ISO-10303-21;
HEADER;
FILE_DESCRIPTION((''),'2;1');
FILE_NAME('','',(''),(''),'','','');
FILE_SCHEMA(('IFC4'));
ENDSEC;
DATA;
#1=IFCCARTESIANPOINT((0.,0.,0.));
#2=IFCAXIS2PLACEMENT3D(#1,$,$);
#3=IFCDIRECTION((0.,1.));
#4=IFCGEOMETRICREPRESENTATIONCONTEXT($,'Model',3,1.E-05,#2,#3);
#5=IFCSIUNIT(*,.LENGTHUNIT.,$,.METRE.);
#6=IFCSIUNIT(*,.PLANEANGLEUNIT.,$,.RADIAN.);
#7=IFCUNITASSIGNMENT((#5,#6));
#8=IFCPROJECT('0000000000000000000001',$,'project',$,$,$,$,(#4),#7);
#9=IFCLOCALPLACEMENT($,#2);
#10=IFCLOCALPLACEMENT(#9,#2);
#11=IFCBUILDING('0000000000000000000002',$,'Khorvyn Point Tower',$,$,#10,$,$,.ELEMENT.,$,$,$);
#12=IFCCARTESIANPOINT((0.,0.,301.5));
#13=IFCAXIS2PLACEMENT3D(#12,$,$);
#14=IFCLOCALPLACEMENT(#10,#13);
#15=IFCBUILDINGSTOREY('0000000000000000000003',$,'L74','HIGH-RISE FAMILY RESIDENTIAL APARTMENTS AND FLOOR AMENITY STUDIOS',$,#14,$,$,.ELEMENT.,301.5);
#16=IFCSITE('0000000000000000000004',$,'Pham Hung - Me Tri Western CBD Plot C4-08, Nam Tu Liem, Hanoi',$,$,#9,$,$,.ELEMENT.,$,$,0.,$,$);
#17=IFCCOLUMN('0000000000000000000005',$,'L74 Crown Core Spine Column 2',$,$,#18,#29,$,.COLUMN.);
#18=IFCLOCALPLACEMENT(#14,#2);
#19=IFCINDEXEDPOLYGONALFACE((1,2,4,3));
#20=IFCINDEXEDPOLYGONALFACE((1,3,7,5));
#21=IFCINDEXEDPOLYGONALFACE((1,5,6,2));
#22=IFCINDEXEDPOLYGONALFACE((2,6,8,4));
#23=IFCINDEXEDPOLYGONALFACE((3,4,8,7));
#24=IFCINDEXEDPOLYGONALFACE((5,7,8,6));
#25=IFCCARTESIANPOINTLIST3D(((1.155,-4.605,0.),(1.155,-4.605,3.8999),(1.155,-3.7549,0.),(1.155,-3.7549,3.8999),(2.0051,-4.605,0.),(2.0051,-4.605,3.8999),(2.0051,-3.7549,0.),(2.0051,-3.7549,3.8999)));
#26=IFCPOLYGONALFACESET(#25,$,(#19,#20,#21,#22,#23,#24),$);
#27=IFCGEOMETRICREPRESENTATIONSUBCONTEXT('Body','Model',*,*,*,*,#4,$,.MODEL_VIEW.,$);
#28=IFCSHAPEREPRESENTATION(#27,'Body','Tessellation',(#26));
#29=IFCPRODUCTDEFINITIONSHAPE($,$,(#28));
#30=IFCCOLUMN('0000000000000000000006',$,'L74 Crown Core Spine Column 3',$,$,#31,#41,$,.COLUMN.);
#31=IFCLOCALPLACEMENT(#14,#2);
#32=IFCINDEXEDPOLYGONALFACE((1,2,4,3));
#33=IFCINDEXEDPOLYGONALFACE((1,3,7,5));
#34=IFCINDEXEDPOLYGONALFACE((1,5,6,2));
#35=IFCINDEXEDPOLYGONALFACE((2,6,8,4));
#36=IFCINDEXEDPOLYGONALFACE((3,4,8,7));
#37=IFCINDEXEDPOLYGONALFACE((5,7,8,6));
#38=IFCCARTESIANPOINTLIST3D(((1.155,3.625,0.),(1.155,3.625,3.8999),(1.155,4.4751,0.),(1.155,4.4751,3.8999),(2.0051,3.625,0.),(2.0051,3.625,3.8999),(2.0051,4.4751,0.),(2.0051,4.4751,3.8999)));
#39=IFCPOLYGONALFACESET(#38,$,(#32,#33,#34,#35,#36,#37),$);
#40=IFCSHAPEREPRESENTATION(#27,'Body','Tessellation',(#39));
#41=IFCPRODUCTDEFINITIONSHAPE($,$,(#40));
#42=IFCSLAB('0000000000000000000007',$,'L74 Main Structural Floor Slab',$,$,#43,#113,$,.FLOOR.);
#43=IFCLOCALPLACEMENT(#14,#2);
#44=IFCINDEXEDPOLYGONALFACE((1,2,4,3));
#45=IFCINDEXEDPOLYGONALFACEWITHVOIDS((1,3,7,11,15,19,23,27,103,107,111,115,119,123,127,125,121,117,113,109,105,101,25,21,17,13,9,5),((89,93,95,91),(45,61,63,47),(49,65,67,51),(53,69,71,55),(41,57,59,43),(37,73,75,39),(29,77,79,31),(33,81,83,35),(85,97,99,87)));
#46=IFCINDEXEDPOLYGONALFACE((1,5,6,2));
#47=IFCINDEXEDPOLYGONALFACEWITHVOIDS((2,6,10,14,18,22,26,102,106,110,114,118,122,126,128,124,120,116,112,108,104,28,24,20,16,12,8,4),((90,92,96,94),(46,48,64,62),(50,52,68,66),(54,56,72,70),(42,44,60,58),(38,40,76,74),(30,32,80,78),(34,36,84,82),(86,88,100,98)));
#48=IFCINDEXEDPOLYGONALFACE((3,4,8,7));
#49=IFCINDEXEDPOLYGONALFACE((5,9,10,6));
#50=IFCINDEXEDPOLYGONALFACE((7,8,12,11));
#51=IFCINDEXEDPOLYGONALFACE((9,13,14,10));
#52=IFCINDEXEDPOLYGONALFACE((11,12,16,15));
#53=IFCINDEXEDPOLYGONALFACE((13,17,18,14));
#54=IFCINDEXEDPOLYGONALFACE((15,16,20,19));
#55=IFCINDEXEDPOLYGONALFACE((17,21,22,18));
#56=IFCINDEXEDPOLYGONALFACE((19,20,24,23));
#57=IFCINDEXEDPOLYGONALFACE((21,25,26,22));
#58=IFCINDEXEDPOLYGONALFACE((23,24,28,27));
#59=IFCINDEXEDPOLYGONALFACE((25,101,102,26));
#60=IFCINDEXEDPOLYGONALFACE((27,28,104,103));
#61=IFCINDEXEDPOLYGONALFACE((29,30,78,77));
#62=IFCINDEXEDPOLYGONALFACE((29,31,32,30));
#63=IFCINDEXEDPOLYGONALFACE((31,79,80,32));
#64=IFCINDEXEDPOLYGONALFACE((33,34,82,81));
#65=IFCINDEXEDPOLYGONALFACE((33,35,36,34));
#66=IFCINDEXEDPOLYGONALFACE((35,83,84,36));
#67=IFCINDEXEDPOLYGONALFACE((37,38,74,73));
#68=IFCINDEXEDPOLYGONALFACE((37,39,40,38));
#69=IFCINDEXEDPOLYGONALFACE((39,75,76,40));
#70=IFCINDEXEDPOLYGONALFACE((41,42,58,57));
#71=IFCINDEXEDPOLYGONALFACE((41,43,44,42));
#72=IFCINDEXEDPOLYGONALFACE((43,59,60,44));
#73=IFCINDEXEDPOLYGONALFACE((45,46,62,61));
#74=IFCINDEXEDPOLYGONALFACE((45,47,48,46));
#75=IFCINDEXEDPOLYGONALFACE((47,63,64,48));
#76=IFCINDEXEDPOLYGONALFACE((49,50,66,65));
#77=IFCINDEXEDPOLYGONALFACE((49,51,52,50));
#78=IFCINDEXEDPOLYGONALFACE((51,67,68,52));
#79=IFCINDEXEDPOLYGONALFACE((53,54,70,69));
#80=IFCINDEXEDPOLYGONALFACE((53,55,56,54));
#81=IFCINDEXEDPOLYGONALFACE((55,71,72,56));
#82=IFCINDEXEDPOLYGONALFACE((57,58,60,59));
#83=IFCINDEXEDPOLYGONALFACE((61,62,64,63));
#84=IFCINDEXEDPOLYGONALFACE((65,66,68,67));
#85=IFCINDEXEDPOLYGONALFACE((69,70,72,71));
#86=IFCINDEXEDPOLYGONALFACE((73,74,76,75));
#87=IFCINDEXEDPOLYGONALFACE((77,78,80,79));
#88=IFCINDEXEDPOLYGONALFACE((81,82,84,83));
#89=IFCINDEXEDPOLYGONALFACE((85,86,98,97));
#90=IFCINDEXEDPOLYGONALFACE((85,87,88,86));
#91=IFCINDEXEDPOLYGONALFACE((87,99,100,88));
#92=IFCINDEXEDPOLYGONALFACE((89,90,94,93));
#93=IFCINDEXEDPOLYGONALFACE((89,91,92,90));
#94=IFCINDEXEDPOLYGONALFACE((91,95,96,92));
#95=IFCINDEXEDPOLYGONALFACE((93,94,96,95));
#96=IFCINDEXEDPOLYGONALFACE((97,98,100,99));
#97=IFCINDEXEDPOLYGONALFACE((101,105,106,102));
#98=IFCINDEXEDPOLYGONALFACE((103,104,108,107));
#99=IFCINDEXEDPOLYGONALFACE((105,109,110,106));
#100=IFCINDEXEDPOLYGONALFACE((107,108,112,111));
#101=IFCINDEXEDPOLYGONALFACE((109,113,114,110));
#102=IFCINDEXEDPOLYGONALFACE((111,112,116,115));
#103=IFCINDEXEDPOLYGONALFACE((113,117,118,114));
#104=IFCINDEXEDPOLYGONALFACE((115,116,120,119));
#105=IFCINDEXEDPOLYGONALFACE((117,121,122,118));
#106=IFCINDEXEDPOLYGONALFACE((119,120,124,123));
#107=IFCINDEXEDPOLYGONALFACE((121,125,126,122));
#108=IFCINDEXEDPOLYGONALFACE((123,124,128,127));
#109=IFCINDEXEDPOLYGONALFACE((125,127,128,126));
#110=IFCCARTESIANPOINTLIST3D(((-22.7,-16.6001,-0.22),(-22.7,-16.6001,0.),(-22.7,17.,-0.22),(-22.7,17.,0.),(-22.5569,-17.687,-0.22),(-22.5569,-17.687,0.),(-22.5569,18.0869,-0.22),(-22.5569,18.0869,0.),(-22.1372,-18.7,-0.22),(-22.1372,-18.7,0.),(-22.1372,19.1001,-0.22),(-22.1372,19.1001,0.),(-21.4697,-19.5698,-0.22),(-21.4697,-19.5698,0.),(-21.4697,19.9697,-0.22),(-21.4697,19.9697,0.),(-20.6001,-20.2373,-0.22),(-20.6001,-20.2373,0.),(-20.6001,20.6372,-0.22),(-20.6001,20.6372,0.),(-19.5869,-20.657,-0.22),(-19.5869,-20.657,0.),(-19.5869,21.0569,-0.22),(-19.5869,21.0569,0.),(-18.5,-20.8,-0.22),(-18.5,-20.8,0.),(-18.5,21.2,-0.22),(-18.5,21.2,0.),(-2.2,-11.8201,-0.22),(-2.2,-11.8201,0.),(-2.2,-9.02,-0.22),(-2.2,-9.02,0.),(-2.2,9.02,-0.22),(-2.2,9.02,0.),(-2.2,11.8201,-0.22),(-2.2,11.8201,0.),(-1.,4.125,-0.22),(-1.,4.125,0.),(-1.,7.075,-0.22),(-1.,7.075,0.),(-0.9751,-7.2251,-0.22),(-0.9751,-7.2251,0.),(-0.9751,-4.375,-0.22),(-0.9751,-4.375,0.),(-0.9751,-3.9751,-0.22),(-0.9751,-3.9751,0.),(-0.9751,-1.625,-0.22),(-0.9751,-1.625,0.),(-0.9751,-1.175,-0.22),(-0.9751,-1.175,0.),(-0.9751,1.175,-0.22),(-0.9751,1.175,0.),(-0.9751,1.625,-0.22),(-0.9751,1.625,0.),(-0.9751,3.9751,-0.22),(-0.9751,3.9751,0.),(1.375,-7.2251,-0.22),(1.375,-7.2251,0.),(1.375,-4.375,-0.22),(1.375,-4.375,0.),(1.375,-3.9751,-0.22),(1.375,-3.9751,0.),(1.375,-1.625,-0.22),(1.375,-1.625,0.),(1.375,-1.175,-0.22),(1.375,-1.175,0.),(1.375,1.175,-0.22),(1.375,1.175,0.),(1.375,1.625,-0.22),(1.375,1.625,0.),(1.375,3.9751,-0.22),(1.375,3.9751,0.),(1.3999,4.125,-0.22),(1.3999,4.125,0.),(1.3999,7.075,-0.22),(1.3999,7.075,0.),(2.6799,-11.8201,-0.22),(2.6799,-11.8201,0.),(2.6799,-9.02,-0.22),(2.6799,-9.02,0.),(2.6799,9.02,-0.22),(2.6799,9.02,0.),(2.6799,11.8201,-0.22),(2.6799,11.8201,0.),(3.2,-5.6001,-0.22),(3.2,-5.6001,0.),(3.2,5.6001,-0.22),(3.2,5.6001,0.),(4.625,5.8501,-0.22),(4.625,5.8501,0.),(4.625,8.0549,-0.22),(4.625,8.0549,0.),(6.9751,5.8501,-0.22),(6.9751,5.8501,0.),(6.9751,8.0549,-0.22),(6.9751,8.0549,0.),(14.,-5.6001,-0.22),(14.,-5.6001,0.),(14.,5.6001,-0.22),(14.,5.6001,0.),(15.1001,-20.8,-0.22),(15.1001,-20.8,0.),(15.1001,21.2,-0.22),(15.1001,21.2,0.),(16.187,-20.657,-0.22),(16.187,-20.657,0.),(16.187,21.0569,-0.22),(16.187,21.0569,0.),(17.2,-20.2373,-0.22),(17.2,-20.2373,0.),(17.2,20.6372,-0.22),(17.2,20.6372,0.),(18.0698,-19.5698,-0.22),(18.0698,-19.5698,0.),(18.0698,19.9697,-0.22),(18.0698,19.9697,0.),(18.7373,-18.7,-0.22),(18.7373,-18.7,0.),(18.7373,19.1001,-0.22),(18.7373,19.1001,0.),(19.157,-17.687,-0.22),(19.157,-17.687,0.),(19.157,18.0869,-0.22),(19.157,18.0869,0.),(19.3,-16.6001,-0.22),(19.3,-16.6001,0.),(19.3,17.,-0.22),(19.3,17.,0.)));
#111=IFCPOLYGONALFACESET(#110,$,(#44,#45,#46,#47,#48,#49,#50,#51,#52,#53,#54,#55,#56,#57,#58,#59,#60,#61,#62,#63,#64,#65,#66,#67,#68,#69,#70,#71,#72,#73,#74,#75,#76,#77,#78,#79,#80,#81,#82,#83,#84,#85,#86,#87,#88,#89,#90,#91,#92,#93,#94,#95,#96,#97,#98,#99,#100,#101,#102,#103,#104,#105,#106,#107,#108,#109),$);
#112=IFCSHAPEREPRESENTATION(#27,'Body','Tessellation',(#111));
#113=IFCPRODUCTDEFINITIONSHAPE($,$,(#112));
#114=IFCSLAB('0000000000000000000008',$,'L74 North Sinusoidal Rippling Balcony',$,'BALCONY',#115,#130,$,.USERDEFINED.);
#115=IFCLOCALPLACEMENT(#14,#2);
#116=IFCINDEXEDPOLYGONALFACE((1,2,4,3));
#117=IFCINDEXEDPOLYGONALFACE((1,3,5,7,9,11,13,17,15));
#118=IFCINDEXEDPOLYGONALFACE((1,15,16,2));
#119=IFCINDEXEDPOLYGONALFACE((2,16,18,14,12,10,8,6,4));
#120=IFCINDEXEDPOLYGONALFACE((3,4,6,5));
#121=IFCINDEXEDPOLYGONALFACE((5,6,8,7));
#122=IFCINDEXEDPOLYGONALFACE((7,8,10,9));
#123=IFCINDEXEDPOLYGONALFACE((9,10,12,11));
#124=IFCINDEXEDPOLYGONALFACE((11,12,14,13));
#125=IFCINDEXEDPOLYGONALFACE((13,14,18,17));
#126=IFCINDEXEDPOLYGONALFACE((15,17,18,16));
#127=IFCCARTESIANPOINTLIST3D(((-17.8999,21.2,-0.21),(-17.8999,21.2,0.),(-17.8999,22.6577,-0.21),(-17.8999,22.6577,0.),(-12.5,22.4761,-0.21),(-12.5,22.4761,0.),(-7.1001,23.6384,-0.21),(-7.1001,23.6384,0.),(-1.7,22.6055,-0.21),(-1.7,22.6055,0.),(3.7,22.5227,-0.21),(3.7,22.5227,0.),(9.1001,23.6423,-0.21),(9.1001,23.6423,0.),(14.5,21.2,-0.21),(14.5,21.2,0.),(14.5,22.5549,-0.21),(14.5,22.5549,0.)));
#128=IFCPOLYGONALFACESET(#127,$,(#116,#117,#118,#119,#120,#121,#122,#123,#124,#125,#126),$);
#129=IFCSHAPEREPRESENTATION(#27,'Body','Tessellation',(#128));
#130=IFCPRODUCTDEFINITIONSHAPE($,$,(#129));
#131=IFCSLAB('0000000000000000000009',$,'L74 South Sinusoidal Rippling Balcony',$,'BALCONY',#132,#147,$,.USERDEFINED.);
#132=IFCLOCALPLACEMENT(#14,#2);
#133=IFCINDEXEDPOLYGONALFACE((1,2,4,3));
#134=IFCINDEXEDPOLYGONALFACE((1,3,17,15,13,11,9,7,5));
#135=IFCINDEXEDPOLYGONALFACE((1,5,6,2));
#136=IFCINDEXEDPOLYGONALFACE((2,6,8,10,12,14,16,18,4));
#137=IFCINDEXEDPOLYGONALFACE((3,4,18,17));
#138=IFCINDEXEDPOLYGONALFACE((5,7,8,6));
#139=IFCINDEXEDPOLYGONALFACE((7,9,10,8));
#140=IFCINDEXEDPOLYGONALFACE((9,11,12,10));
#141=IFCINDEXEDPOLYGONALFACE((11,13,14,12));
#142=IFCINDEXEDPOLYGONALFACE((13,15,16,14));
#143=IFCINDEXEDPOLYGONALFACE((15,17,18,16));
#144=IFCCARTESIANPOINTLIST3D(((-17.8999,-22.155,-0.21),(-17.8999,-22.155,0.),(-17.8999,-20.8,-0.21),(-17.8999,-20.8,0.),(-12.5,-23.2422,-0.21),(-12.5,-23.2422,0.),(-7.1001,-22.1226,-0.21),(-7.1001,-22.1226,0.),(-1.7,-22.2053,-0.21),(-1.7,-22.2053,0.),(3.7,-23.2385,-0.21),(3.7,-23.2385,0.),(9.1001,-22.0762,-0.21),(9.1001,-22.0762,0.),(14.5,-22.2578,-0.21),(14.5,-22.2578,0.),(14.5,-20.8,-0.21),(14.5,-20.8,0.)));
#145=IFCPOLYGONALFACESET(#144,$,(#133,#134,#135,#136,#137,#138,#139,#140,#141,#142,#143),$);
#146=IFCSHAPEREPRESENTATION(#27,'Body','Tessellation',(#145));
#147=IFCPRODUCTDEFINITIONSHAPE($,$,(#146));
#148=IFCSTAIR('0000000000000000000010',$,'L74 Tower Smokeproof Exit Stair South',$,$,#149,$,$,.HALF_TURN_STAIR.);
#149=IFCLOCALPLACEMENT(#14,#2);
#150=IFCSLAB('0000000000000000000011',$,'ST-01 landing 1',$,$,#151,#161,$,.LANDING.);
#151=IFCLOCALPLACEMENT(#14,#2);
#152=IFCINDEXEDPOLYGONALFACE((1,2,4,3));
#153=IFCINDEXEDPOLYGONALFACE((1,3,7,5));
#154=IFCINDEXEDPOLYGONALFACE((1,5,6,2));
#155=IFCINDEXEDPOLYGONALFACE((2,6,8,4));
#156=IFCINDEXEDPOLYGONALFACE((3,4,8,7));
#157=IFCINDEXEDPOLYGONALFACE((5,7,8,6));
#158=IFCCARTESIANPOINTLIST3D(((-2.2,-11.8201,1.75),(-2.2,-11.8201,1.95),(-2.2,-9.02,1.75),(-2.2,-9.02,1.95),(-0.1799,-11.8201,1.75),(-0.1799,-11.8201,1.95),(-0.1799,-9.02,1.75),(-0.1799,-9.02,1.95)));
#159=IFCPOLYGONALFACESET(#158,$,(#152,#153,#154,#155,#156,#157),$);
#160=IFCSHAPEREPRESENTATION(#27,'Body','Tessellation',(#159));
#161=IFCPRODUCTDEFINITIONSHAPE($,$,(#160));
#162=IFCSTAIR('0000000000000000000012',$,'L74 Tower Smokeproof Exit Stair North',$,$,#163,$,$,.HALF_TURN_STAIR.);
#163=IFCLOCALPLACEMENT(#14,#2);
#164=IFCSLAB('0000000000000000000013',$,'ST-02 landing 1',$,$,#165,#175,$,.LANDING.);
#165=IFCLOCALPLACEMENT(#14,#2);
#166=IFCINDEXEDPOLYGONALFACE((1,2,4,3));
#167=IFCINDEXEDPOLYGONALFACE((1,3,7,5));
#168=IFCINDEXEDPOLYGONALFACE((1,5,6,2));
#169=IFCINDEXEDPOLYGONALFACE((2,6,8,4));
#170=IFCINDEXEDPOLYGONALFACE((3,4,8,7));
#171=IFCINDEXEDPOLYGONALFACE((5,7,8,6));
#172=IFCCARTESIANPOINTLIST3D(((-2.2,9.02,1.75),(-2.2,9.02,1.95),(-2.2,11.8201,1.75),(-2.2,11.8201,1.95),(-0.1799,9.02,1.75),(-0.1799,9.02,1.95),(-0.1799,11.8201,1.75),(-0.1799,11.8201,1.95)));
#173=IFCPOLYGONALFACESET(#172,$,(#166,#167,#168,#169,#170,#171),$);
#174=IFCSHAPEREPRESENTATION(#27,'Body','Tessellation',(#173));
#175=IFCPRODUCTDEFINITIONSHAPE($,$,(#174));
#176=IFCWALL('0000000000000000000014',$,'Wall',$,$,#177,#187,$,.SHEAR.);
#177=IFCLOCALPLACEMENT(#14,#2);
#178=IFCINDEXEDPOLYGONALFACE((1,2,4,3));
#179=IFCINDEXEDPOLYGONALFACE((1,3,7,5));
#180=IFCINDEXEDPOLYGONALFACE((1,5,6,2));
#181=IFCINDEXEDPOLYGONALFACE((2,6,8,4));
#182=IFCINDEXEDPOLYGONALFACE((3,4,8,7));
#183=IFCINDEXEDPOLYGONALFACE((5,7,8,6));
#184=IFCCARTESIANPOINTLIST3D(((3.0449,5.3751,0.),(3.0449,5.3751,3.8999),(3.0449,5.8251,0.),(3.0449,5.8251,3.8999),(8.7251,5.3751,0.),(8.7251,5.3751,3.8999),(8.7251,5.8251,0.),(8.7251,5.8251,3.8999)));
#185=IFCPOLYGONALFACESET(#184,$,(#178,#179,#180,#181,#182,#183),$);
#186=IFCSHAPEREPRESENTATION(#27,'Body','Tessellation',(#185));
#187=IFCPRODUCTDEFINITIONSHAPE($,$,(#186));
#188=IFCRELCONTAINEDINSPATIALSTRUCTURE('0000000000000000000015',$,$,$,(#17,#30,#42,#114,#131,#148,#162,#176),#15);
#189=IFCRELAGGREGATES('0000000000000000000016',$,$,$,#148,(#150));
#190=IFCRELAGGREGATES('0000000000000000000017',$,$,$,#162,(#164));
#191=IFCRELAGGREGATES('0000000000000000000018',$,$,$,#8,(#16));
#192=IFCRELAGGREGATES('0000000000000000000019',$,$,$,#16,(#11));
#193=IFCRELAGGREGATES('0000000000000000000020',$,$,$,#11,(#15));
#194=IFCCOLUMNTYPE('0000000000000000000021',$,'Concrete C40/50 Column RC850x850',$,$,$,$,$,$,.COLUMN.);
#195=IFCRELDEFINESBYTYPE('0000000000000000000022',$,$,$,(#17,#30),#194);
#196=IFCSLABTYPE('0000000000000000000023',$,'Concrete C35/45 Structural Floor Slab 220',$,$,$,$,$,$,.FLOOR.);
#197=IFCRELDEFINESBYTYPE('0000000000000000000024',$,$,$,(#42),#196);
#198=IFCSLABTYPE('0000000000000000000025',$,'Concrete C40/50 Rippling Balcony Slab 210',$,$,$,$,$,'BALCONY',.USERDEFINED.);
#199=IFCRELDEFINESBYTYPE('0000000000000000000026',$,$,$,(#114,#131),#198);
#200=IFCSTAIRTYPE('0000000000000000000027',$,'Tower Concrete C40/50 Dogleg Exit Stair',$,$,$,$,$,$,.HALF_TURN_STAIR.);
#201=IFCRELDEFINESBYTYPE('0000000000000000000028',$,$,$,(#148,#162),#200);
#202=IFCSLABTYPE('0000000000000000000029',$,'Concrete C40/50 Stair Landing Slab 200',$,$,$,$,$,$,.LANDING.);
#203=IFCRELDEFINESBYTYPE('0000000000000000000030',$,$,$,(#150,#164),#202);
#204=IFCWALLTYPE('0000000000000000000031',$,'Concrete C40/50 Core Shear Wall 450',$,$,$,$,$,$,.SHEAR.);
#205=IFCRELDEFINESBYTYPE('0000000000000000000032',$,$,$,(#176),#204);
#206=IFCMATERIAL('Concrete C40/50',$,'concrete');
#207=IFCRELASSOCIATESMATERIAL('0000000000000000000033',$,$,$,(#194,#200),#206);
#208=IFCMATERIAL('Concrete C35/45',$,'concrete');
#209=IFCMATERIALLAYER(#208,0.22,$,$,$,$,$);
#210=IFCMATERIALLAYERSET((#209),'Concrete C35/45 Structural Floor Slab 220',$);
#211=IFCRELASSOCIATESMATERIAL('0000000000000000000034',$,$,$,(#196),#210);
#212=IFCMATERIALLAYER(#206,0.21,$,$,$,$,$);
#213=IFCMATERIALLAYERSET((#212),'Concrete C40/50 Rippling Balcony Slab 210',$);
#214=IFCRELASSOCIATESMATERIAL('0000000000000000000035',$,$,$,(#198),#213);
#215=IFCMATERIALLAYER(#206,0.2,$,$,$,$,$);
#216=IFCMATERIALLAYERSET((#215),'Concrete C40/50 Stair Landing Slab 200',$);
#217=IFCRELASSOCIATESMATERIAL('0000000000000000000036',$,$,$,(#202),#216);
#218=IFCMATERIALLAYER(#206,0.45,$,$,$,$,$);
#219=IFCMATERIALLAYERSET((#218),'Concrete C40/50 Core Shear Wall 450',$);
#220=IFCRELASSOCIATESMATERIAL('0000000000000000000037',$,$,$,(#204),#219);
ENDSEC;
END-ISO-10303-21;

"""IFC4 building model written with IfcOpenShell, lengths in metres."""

from ifc_helpers import new_model, si_unit, direction, frame, frame_2d, origin, origin_2d, place, context, subcontext, project, spatial, polyline, rectangle, outline, extrude, material, layer, layer_set, material_profile, profile_set, type_object, element, aggregate, save


model = new_model("IFC4")

# Units and contexts
model_context = context("Model", 3, precision=1e-05, world=origin(), true_north=direction((0.0, 1.0)))
body_context = subcontext(model_context, "Body", "Model", "MODEL_VIEW")
ifc_project = project(units=[si_unit("LENGTHUNIT", "METRE"), si_unit("PLANEANGLEUNIT", "RADIAN")], contexts=[model_context])

# Site, building, storey
site_placement = place(None, origin())
site = spatial("IfcSite", under=ifc_project, at=site_placement, Name="Pham Hung - Me Tri Western CBD Plot C4-08, Nam Tu Liem, Hanoi", CompositionType="ELEMENT", RefElevation=0.0)
building_placement = place(site_placement, origin())
building = spatial("IfcBuilding", under=site, at=building_placement, Name="Khorvyn Point Tower", CompositionType="ELEMENT")
storey_placement = place(building_placement, frame((0.0, 0.0, 301.5)))
storey = spatial("IfcBuildingStorey", under=building, at=storey_placement, Name="L74", Description="HIGH-RISE FAMILY RESIDENTIAL APARTMENTS AND FLOOR AMENITY STUDIOS", CompositionType="ELEMENT", Elevation=301.5)

# Columns
ifc_material_1 = material(Name="Concrete C40/50", Category="concrete")
ifc_material_profile = material_profile(ifc_material_1, rectangle(XDim=0.8501, YDim=0.8501, at=origin_2d()))
ifc_profile_set = profile_set([ifc_material_profile], Name="Concrete C40/50 RC850x850")
column_type = type_object("IfcColumnType", Name="Concrete C40/50 Column RC850x850", PredefinedType="COLUMN", material=ifc_profile_set)
for number, where, z_axis, x_axis, name in (
    (1, (1.5801, -4.1799, 0.0), (0.0, 0.0, 1.0), (1.0, 0.0, 0.0), "L74 Crown Core Spine Column 2"),
    (2, (1.5801, 4.05, 0.0), (0.0, 0.0, 1.0), (1.0, 0.0, 0.0), "L74 Crown Core Spine Column 3"),
):
    element("IfcColumn", number, at=place(storey_placement, frame(where, z_axis=z_axis, x_axis=x_axis)), inside=storey, type_object=column_type, Name=name, PredefinedType="COLUMN", context=body_context, shape_type="SweptSolid", body=[
        extrude(rectangle(XDim=0.8501, YDim=0.8501, at=origin_2d()), origin(), (0.0, 0.0, 1.0), 3.8999),
    ])

# Slabs
ifc_material_2 = material(Name="Concrete C35/45", Category="concrete")
ifc_layer_1 = layer(ifc_material_2, 0.22)
ifc_layer_set_1 = layer_set([ifc_layer_1], Name="Concrete C35/45 Structural Floor Slab 220")
slab_type_1 = type_object("IfcSlabType", Name="Concrete C35/45 Structural Floor Slab 220", PredefinedType="FLOOR", material=ifc_layer_set_1)
slab_1_placement = place(storey_placement, frame((0.0, 0.0, -0.22)))
element("IfcSlab", 3, at=slab_1_placement, inside=storey, type_object=slab_type_1, Name="L74 Main Structural Floor Slab", PredefinedType="FLOOR", context=body_context, shape_type="SweptSolid", body=[
    extrude(outline(polyline([(-18.5, -20.8), (-19.5869, -20.657), (-20.6001, -20.2373), (-21.4697, -19.5698), (-22.1372, -18.7), (-22.5569, -17.687), (-22.7, -16.6001), (-22.7, 17.0), (-22.5569, 18.0869), (-22.1372, 19.1001), (-21.4697, 19.9697), (-20.6001, 20.6372), (-19.5869, 21.0569), (-18.5, 21.2), (15.1001, 21.2), (16.187, 21.0569), (17.2, 20.6372), (18.0698, 19.9697), (18.7373, 19.1001), (19.157, 18.0869), (19.3, 17.0), (19.3, -16.6001), (19.157, -17.687), (18.7373, -18.7), (18.0698, -19.5698), (17.2, -20.2373), (16.187, -20.657), (15.1001, -20.8), (-18.5, -20.8)]), holes=[polyline([(2.6799, -11.8201), (2.6799, -9.02), (-2.2, -9.02), (-2.2, -11.8201), (2.6799, -11.8201)]), polyline([(1.375, -7.2251), (1.375, -4.375), (-0.9751, -4.375), (-0.9751, -7.2251), (1.375, -7.2251)]), polyline([(1.375, -3.9751), (1.375, -1.625), (-0.9751, -1.625), (-0.9751, -3.9751), (1.375, -3.9751)]), polyline([(1.375, -1.175), (1.375, 1.175), (-0.9751, 1.175), (-0.9751, -1.175), (1.375, -1.175)]), polyline([(14.0, -5.6001), (14.0, 5.6001), (3.2, 5.6001), (3.2, -5.6001), (14.0, -5.6001)]), polyline([(1.375, 1.625), (1.375, 3.9751), (-0.9751, 3.9751), (-0.9751, 1.625), (1.375, 1.625)]), polyline([(1.3999, 4.125), (1.3999, 7.075), (-1.0, 7.075), (-1.0, 4.125), (1.3999, 4.125)]), polyline([(4.625, 5.8501), (6.9751, 5.8501), (6.9751, 8.0549), (4.625, 8.0549), (4.625, 5.8501)]), polyline([(-2.2, 9.02), (2.6799, 9.02), (2.6799, 11.8201), (-2.2, 11.8201), (-2.2, 9.02)])]), origin(), (0.0, 0.0, 1.0), 0.22),
])
ifc_layer_2 = layer(ifc_material_1, 0.21)
ifc_layer_set_2 = layer_set([ifc_layer_2], Name="Concrete C40/50 Rippling Balcony Slab 210")
slab_type_2 = type_object("IfcSlabType", Name="Concrete C40/50 Rippling Balcony Slab 210", ElementType="BALCONY", PredefinedType="USERDEFINED", material=ifc_layer_set_2)
slab_2_placement = place(storey_placement, frame((0.0, 0.0, -0.21)))
element("IfcSlab", 4, at=slab_2_placement, inside=storey, type_object=slab_type_2, Name="L74 North Sinusoidal Rippling Balcony", ObjectType="BALCONY", PredefinedType="USERDEFINED", context=body_context, shape_type="SweptSolid", body=[
    extrude(outline(polyline([(14.5, 21.2), (14.5, 22.5549), (9.1001, 23.6423), (3.7, 22.5227), (-1.7, 22.6055), (-7.1001, 23.6384), (-12.5, 22.4761), (-17.8999, 22.6577), (-17.8999, 21.2), (14.5, 21.2)])), origin(), (0.0, 0.0, 1.0), 0.21),
])
slab_3_placement = place(storey_placement, frame((0.0, 0.0, -0.21)))
element("IfcSlab", 5, at=slab_3_placement, inside=storey, type_object=slab_type_2, Name="L74 South Sinusoidal Rippling Balcony", ObjectType="BALCONY", PredefinedType="USERDEFINED", context=body_context, shape_type="SweptSolid", body=[
    extrude(outline(polyline([(-17.8999, -20.8), (-17.8999, -22.155), (-12.5, -23.2422), (-7.1001, -22.1226), (-1.7, -22.2053), (3.7, -23.2385), (9.1001, -22.0762), (14.5, -22.2578), (14.5, -20.8), (-17.8999, -20.8)])), origin(), (0.0, 0.0, 1.0), 0.21),
])

# Stairs, slabs
stair_type = type_object("IfcStairType", Name="Tower Concrete C40/50 Dogleg Exit Stair", PredefinedType="HALF_TURN_STAIR", material=ifc_material_1)
stair_1_placement = place(storey_placement, origin())
stair_1 = element("IfcStair", 6, at=stair_1_placement, inside=storey, type_object=stair_type, Name="L74 Tower Smokeproof Exit Stair South", PredefinedType="HALF_TURN_STAIR")
ifc_layer_3 = layer(ifc_material_1, 0.2)
ifc_layer_set_3 = layer_set([ifc_layer_3], Name="Concrete C40/50 Stair Landing Slab 200")
slab_type_3 = type_object("IfcSlabType", Name="Concrete C40/50 Stair Landing Slab 200", PredefinedType="LANDING", material=ifc_layer_set_3)
slab_4_placement = place(storey_placement, frame((0.0, 0.0, 1.75)))
slab_4 = element("IfcSlab", 7, at=slab_4_placement, type_object=slab_type_3, Name="ST-01 landing 1", PredefinedType="LANDING", context=body_context, shape_type="SweptSolid", body=[
    extrude(outline(polyline([(-0.1799, -9.02), (-2.2, -9.02), (-2.2, -11.8201), (-0.1799, -11.8201), (-0.1799, -9.02)])), origin(), (0.0, 0.0, 1.0), 0.2),
])
aggregate(stair_1, [slab_4])
stair_2_placement = place(storey_placement, origin())
stair_2 = element("IfcStair", 8, at=stair_2_placement, inside=storey, type_object=stair_type, Name="L74 Tower Smokeproof Exit Stair North", PredefinedType="HALF_TURN_STAIR")
slab_5_placement = place(storey_placement, frame((0.0, 0.0, 1.75)))
slab_5 = element("IfcSlab", 9, at=slab_5_placement, type_object=slab_type_3, Name="ST-02 landing 1", PredefinedType="LANDING", context=body_context, shape_type="SweptSolid", body=[
    extrude(outline(polyline([(-0.1799, 11.8201), (-2.2, 11.8201), (-2.2, 9.02), (-0.1799, 9.02), (-0.1799, 11.8201)])), origin(), (0.0, 0.0, 1.0), 0.2),
])

# Wall
ifc_layer_4 = layer(ifc_material_1, 0.45)
ifc_layer_set_4 = layer_set([ifc_layer_4], Name="Concrete C40/50 Core Shear Wall 450")
wall_type_1 = type_object("IfcWallType", Name="Concrete C40/50 Core Shear Wall 450", PredefinedType="SHEAR", material=ifc_layer_set_4)
wall_1_placement = place(storey_placement, frame((3.0449, 5.6001, 0.0), z_axis=(0.0, 0.0, 1.0), x_axis=(1.0, 0.0, 0.0)))
element("IfcWall", 10, at=wall_1_placement, inside=storey, type_object=wall_type_1, Name="Wall", PredefinedType="SHEAR", context=body_context, shape_type="SweptSolid", body=[
    extrude(rectangle(XDim=5.6802, YDim=0.45, at=frame_2d((2.8401, 0.0))), origin(), (0.0, 0.0, 1.0), 3.8999),
])

aggregate(stair_2, [slab_5])

save(model, "model.ifc")
